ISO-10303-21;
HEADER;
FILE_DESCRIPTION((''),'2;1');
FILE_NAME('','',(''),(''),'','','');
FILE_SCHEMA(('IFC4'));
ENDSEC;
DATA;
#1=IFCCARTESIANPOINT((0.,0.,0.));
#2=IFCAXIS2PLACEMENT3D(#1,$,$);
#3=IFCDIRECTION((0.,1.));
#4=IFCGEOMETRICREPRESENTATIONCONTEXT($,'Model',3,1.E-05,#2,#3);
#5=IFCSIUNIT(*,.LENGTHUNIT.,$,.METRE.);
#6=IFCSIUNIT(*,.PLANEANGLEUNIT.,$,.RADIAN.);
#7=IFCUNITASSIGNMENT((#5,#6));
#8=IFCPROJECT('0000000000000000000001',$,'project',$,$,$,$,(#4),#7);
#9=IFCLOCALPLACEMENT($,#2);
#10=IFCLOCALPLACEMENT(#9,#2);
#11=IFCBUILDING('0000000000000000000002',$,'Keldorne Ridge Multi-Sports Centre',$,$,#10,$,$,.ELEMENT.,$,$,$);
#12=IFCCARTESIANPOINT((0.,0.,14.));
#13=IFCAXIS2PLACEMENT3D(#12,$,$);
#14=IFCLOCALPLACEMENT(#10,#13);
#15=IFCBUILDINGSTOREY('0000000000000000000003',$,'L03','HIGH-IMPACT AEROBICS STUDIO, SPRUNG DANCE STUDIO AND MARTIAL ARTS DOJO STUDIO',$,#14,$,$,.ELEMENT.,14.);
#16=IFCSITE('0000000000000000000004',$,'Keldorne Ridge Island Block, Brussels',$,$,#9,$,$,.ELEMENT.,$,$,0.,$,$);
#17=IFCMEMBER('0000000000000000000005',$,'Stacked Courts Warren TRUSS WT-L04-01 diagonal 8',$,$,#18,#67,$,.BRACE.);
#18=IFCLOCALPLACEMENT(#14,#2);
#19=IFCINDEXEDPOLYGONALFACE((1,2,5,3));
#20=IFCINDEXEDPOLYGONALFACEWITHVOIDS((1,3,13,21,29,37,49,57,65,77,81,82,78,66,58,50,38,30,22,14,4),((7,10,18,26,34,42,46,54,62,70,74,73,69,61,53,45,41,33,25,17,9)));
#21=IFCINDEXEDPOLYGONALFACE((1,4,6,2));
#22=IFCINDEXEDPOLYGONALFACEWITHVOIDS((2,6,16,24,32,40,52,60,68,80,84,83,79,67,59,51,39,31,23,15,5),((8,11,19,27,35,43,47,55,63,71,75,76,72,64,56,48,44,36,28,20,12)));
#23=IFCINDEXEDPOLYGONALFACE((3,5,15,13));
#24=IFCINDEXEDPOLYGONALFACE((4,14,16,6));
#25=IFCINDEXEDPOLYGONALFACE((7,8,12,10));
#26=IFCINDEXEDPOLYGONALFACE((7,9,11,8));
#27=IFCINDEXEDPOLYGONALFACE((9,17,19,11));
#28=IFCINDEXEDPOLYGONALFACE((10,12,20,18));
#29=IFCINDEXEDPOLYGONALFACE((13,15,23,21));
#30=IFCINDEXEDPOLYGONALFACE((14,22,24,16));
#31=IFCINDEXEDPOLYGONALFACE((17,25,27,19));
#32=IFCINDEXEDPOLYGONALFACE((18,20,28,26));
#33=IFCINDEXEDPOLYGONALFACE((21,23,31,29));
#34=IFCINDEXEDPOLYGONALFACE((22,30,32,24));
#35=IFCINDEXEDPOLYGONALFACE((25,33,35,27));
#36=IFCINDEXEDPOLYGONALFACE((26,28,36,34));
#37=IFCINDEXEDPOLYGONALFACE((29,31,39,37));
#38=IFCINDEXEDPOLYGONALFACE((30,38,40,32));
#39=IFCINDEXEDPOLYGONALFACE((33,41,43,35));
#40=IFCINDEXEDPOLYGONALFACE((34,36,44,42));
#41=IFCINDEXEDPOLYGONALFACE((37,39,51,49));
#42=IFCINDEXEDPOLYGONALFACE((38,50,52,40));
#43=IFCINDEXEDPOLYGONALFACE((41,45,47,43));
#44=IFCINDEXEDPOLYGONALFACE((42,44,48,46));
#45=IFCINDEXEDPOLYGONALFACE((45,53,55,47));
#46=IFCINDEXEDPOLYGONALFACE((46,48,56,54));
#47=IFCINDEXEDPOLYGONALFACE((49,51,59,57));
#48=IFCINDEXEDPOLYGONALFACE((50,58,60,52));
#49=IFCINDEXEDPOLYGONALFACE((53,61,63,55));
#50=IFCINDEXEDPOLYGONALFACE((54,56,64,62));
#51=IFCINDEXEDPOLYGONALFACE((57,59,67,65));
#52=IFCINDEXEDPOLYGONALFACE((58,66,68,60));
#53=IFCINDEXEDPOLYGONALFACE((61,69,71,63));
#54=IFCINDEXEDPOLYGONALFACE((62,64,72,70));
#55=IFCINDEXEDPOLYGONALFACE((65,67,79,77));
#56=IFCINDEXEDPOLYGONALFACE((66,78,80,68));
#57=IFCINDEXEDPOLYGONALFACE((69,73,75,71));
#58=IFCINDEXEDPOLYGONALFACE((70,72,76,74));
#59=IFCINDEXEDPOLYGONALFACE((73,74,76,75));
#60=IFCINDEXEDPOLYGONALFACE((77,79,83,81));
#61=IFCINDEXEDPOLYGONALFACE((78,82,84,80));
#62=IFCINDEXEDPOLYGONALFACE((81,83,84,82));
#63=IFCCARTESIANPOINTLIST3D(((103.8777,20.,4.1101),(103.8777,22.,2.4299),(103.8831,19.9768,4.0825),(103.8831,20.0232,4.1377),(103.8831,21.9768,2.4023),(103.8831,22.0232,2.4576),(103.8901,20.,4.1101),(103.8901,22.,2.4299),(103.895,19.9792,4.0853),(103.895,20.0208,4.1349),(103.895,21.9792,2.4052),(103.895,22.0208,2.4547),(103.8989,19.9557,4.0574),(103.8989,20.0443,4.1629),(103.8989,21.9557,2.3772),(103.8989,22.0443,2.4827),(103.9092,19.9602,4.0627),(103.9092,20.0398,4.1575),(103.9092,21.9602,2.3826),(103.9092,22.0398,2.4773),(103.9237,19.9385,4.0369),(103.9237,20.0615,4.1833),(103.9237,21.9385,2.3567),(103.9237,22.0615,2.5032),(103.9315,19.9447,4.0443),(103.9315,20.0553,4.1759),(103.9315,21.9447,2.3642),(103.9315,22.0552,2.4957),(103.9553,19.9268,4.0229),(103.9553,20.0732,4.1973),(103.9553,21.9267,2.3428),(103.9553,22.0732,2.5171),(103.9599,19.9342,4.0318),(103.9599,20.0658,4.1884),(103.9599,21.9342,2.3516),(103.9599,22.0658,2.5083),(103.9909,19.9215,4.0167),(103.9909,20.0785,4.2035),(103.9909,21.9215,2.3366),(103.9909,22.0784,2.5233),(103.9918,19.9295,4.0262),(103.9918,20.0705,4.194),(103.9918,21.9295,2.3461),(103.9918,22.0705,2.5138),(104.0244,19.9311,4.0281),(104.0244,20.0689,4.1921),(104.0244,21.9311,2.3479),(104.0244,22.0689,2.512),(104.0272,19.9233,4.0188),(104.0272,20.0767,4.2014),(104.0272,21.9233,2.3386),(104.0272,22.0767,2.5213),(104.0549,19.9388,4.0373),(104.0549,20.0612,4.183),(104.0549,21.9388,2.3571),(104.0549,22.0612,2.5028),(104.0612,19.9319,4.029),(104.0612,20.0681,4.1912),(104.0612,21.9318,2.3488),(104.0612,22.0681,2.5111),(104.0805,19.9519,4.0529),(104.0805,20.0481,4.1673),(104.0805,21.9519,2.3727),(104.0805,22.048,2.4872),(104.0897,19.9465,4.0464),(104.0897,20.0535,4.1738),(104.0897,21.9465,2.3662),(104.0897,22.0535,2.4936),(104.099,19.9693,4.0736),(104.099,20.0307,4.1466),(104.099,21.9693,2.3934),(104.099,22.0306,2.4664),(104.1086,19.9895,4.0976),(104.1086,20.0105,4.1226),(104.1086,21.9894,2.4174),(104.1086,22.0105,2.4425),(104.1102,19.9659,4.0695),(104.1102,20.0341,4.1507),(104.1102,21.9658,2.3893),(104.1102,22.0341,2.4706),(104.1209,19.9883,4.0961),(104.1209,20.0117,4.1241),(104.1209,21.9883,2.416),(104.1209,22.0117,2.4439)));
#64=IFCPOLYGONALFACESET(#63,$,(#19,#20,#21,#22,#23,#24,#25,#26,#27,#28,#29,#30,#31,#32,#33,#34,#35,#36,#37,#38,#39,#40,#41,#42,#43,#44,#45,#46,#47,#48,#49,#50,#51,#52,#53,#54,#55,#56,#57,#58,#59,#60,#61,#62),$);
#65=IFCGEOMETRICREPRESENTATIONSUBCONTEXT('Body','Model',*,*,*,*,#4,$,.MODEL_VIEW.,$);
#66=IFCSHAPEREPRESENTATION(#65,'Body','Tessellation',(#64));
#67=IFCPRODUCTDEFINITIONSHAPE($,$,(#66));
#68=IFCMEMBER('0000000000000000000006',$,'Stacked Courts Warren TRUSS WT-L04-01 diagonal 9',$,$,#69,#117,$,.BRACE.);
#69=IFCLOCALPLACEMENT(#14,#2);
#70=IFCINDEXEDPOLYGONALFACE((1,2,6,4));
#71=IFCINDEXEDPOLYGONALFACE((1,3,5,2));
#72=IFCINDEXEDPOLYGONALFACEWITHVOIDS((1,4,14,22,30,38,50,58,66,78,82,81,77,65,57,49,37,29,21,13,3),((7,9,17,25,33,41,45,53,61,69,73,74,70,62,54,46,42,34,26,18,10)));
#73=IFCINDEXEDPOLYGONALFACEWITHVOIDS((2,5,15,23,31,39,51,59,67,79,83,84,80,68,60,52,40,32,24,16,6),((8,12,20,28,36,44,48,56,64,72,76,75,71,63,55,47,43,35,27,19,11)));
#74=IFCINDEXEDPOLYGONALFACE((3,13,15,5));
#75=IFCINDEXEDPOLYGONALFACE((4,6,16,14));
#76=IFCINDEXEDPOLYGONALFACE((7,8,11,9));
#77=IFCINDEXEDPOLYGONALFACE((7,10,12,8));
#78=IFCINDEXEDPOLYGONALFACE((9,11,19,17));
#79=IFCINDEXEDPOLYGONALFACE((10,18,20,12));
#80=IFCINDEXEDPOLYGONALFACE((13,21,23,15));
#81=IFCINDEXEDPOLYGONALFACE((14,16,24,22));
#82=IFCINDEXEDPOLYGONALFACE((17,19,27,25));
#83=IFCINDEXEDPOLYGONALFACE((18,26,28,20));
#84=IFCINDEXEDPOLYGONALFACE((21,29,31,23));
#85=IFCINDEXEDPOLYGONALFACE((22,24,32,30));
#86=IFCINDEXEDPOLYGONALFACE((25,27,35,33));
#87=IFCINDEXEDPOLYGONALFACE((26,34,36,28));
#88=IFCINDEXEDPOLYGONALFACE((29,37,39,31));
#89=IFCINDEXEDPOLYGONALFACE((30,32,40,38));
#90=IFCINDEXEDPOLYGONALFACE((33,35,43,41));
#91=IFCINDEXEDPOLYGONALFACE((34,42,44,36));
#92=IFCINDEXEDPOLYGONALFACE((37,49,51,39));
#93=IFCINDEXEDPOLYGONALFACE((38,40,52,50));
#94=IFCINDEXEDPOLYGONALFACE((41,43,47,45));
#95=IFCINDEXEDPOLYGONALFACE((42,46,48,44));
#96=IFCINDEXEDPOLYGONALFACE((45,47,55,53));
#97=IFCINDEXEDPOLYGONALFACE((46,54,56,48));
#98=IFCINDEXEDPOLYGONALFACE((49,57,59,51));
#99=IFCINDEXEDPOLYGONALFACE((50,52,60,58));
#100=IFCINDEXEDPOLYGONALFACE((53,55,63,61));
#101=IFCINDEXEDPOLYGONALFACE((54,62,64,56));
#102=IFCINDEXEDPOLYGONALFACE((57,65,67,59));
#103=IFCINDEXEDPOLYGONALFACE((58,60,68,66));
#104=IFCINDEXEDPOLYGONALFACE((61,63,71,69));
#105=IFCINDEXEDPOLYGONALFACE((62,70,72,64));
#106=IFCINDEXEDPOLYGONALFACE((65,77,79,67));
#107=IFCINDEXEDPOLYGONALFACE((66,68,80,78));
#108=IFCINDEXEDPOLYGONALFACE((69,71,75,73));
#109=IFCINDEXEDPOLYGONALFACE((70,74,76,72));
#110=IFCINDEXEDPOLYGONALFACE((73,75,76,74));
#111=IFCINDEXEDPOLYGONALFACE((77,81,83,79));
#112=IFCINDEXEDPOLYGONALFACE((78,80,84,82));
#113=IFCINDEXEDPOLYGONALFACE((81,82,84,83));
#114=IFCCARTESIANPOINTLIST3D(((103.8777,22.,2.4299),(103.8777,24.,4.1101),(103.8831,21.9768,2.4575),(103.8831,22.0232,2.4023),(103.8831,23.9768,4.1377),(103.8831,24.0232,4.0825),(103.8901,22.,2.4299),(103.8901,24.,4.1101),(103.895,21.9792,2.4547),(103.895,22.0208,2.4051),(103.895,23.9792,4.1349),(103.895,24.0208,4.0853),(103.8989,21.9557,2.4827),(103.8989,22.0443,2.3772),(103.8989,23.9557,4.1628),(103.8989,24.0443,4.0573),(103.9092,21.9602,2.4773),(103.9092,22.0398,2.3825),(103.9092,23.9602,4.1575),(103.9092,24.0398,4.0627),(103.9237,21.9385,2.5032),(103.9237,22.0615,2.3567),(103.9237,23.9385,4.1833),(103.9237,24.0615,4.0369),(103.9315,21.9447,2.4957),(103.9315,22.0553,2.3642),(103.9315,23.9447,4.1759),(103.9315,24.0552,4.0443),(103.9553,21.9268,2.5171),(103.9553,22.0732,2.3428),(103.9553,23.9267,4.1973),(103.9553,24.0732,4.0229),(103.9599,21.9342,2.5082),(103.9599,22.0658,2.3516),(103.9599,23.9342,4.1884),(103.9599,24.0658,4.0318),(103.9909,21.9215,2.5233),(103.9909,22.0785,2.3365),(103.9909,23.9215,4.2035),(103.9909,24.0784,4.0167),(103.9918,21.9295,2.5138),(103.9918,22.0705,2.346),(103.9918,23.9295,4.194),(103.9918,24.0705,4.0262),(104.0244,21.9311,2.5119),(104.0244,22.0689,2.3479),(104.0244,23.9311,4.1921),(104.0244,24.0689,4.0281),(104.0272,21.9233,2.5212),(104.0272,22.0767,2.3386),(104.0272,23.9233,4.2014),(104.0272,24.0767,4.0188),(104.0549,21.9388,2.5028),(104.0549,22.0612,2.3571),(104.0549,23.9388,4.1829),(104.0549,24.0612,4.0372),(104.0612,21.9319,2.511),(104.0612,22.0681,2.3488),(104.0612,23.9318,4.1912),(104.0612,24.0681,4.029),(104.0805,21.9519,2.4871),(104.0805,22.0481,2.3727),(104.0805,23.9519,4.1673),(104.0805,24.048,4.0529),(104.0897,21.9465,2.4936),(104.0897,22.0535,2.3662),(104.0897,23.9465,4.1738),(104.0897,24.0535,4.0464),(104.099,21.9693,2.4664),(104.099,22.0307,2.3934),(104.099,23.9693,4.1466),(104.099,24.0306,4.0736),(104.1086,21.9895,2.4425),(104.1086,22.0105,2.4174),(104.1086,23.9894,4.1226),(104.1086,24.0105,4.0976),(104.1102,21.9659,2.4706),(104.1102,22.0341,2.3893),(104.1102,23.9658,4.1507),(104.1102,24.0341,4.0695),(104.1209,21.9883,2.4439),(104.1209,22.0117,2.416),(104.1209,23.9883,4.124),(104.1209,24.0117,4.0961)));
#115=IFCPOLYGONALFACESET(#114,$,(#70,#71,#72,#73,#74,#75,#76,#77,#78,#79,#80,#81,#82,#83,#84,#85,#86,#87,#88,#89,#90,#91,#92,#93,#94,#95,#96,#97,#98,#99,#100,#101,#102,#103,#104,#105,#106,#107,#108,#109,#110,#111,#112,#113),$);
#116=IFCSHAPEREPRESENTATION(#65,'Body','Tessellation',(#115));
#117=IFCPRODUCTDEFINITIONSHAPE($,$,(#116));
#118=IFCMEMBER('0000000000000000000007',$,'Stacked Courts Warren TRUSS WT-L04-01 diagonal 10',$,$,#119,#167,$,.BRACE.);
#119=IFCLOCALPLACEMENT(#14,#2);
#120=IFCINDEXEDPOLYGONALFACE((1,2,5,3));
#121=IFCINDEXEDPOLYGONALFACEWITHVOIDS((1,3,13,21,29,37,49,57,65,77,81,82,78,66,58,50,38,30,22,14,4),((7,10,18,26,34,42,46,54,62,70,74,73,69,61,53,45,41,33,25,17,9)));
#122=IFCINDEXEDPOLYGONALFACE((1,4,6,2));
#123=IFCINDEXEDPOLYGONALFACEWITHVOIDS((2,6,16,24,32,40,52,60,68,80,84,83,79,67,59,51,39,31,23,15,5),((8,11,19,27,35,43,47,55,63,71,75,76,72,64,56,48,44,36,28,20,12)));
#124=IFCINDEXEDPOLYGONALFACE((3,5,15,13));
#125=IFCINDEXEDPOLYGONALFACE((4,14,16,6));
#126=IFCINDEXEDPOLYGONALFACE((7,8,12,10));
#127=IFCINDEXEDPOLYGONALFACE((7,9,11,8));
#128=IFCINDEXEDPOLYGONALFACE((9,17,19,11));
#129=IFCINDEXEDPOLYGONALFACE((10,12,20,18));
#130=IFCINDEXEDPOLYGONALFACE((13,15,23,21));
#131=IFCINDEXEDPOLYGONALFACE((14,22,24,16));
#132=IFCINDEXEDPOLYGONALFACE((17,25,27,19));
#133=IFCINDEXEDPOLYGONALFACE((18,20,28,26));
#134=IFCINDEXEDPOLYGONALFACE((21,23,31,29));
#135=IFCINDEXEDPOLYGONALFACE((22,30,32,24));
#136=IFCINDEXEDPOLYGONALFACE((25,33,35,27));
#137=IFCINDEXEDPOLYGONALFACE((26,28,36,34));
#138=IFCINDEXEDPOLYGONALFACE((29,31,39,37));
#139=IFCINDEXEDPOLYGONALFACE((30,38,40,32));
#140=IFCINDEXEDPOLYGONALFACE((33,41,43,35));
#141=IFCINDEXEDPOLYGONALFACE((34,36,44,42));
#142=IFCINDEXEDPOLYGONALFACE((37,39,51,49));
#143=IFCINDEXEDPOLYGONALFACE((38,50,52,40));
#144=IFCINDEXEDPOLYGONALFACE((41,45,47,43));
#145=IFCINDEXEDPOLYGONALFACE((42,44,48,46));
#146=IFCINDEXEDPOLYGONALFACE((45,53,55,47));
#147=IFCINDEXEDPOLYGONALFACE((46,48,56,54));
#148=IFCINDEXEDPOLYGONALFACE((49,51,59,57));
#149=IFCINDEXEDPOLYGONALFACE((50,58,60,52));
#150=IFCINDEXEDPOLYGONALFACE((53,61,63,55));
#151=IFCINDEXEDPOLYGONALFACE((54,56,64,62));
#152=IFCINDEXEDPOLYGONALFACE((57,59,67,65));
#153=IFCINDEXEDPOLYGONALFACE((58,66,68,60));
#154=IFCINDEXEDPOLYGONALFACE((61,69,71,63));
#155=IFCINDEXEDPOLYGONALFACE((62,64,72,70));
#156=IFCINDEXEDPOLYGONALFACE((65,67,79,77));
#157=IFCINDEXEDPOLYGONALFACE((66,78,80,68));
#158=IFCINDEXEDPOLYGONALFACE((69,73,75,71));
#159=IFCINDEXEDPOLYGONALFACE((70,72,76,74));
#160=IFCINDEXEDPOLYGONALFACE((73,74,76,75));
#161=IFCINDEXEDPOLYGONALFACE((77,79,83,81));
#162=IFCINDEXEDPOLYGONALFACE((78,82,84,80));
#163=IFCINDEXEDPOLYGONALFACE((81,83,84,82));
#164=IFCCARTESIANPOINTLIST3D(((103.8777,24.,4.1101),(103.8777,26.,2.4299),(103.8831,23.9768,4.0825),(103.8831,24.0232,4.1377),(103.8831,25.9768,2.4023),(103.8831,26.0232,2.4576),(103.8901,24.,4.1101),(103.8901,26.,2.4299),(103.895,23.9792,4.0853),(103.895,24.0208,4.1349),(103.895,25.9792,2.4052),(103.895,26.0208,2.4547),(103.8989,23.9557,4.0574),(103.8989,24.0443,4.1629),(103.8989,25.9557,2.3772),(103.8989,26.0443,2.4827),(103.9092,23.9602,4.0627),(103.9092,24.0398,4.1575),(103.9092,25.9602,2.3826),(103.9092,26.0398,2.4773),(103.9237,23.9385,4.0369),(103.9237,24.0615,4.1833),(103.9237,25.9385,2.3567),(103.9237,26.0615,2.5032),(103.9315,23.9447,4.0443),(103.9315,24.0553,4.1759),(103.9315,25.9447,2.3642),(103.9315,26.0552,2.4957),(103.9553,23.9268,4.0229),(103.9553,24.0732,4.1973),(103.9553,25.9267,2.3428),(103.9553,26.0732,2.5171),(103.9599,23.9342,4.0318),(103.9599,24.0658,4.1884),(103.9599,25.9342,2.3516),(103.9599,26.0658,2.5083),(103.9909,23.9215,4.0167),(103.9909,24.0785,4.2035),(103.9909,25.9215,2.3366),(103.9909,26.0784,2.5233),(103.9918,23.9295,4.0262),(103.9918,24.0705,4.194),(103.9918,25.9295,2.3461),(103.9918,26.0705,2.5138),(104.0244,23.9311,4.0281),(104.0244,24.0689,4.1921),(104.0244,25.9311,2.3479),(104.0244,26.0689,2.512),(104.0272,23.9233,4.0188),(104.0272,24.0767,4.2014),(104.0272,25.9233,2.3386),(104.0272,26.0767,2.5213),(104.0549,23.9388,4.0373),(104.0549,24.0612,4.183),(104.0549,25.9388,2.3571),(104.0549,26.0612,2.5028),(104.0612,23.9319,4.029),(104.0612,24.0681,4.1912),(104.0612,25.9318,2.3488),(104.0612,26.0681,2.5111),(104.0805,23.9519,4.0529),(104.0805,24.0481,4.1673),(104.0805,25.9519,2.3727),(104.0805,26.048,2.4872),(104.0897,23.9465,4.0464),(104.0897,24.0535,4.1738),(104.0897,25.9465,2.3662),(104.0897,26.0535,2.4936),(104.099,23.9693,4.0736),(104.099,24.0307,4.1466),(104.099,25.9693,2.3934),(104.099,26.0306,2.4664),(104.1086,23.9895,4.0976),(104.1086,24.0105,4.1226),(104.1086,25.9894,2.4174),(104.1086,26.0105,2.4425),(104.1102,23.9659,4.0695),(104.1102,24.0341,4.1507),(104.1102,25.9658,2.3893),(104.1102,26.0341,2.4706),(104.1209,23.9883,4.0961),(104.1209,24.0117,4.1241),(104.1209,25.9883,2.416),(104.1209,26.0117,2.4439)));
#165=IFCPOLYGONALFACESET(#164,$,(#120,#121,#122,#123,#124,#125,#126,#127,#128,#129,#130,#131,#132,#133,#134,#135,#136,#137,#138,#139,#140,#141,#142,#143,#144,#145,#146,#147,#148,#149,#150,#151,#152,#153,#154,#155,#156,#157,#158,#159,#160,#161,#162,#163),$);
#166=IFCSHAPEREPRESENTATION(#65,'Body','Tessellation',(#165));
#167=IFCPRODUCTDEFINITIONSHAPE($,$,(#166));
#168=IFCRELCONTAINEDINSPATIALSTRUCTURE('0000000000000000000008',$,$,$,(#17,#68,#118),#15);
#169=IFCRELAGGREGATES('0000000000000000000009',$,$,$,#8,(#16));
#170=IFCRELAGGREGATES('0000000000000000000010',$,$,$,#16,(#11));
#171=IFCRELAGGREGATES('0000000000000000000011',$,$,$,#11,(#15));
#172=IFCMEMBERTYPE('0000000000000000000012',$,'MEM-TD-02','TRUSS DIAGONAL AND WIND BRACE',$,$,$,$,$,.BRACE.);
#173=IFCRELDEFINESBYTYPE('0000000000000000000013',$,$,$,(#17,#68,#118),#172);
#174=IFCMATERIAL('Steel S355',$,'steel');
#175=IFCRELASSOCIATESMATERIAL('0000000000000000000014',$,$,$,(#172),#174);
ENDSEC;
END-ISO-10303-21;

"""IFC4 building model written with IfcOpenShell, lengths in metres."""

from ifc_helpers import new_model, si_unit, direction, frame, origin, origin_2d, place, context, subcontext, project, spatial, hollow_circle, extrude, material, material_profile, profile_set, type_object, element, save


model = new_model("IFC4")

# Units and contexts
model_context = context("Model", 3, precision=1e-05, world=origin(), true_north=direction((0.0, 1.0)))
body_context = subcontext(model_context, "Body", "Model", "MODEL_VIEW")
ifc_project = project(units=[si_unit("LENGTHUNIT", "METRE"), si_unit("PLANEANGLEUNIT", "RADIAN")], contexts=[model_context])

# Site, building, storey
site_placement = place(None, origin())
site = spatial("IfcSite", under=ifc_project, at=site_placement, Name="Keldorne Ridge Island Block, Brussels", CompositionType="ELEMENT", RefElevation=0.0)
building_placement = place(site_placement, origin())
building = spatial("IfcBuilding", under=site, at=building_placement, Name="Keldorne Ridge Multi-Sports Centre", CompositionType="ELEMENT")
storey_placement = place(building_placement, frame((0.0, 0.0, 14.0)))
storey = spatial("IfcBuildingStorey", under=building, at=storey_placement, Name="L03", Description="HIGH-IMPACT AEROBICS STUDIO, SPRUNG DANCE STUDIO AND MARTIAL ARTS DOJO STUDIO", CompositionType="ELEMENT", Elevation=14.0)

# Shared definitions
ifc_material = material(Name="Steel S355", Category="steel")

# Members
ifc_material_profile_1 = material_profile(ifc_material, hollow_circle(Radius=0.1223, WallThickness=0.0125, at=origin_2d()), Name="CHS 244.5x12.5")
ifc_profile_set_1 = profile_set([ifc_material_profile_1], Name="Steel S355")
member_type_1 = type_object("IfcMemberType", Name="MEM-TD-02", Description="TRUSS DIAGONAL AND WIND BRACE", PredefinedType="BRACE", material=ifc_profile_set_1)
for number, where, z_axis, x_axis, name in (
    (1, (104.0, 20.0, 4.1101), (0.0, 0.765672, -0.643232), (-1.0, 0.0, 0.0), "Stacked Courts Warren TRUSS WT-L04-01 diagonal 8"),
    (2, (104.0, 22.0, 2.4299), (0.0, 0.765672, 0.643232), (-1.0, 0.0, 0.0), "Stacked Courts Warren TRUSS WT-L04-01 diagonal 9"),
    (3, (104.0, 24.0, 4.1101), (0.0, 0.765672, -0.643232), (-1.0, 0.0, 0.0), "Stacked Courts Warren TRUSS WT-L04-01 diagonal 10"),
):
    element("IfcMember", number, at=place(storey_placement, frame(where, z_axis=z_axis, x_axis=x_axis)), inside=storey, type_object=member_type_1, Name=name, PredefinedType="BRACE", context=body_context, shape_type="SweptSolid", body=[
        extrude(hollow_circle(Radius=0.1223, WallThickness=0.0125, at=origin_2d()), origin(), (0.0, 0.0, 1.0), 2.6121),
    ])

save(model, "model.ifc")
